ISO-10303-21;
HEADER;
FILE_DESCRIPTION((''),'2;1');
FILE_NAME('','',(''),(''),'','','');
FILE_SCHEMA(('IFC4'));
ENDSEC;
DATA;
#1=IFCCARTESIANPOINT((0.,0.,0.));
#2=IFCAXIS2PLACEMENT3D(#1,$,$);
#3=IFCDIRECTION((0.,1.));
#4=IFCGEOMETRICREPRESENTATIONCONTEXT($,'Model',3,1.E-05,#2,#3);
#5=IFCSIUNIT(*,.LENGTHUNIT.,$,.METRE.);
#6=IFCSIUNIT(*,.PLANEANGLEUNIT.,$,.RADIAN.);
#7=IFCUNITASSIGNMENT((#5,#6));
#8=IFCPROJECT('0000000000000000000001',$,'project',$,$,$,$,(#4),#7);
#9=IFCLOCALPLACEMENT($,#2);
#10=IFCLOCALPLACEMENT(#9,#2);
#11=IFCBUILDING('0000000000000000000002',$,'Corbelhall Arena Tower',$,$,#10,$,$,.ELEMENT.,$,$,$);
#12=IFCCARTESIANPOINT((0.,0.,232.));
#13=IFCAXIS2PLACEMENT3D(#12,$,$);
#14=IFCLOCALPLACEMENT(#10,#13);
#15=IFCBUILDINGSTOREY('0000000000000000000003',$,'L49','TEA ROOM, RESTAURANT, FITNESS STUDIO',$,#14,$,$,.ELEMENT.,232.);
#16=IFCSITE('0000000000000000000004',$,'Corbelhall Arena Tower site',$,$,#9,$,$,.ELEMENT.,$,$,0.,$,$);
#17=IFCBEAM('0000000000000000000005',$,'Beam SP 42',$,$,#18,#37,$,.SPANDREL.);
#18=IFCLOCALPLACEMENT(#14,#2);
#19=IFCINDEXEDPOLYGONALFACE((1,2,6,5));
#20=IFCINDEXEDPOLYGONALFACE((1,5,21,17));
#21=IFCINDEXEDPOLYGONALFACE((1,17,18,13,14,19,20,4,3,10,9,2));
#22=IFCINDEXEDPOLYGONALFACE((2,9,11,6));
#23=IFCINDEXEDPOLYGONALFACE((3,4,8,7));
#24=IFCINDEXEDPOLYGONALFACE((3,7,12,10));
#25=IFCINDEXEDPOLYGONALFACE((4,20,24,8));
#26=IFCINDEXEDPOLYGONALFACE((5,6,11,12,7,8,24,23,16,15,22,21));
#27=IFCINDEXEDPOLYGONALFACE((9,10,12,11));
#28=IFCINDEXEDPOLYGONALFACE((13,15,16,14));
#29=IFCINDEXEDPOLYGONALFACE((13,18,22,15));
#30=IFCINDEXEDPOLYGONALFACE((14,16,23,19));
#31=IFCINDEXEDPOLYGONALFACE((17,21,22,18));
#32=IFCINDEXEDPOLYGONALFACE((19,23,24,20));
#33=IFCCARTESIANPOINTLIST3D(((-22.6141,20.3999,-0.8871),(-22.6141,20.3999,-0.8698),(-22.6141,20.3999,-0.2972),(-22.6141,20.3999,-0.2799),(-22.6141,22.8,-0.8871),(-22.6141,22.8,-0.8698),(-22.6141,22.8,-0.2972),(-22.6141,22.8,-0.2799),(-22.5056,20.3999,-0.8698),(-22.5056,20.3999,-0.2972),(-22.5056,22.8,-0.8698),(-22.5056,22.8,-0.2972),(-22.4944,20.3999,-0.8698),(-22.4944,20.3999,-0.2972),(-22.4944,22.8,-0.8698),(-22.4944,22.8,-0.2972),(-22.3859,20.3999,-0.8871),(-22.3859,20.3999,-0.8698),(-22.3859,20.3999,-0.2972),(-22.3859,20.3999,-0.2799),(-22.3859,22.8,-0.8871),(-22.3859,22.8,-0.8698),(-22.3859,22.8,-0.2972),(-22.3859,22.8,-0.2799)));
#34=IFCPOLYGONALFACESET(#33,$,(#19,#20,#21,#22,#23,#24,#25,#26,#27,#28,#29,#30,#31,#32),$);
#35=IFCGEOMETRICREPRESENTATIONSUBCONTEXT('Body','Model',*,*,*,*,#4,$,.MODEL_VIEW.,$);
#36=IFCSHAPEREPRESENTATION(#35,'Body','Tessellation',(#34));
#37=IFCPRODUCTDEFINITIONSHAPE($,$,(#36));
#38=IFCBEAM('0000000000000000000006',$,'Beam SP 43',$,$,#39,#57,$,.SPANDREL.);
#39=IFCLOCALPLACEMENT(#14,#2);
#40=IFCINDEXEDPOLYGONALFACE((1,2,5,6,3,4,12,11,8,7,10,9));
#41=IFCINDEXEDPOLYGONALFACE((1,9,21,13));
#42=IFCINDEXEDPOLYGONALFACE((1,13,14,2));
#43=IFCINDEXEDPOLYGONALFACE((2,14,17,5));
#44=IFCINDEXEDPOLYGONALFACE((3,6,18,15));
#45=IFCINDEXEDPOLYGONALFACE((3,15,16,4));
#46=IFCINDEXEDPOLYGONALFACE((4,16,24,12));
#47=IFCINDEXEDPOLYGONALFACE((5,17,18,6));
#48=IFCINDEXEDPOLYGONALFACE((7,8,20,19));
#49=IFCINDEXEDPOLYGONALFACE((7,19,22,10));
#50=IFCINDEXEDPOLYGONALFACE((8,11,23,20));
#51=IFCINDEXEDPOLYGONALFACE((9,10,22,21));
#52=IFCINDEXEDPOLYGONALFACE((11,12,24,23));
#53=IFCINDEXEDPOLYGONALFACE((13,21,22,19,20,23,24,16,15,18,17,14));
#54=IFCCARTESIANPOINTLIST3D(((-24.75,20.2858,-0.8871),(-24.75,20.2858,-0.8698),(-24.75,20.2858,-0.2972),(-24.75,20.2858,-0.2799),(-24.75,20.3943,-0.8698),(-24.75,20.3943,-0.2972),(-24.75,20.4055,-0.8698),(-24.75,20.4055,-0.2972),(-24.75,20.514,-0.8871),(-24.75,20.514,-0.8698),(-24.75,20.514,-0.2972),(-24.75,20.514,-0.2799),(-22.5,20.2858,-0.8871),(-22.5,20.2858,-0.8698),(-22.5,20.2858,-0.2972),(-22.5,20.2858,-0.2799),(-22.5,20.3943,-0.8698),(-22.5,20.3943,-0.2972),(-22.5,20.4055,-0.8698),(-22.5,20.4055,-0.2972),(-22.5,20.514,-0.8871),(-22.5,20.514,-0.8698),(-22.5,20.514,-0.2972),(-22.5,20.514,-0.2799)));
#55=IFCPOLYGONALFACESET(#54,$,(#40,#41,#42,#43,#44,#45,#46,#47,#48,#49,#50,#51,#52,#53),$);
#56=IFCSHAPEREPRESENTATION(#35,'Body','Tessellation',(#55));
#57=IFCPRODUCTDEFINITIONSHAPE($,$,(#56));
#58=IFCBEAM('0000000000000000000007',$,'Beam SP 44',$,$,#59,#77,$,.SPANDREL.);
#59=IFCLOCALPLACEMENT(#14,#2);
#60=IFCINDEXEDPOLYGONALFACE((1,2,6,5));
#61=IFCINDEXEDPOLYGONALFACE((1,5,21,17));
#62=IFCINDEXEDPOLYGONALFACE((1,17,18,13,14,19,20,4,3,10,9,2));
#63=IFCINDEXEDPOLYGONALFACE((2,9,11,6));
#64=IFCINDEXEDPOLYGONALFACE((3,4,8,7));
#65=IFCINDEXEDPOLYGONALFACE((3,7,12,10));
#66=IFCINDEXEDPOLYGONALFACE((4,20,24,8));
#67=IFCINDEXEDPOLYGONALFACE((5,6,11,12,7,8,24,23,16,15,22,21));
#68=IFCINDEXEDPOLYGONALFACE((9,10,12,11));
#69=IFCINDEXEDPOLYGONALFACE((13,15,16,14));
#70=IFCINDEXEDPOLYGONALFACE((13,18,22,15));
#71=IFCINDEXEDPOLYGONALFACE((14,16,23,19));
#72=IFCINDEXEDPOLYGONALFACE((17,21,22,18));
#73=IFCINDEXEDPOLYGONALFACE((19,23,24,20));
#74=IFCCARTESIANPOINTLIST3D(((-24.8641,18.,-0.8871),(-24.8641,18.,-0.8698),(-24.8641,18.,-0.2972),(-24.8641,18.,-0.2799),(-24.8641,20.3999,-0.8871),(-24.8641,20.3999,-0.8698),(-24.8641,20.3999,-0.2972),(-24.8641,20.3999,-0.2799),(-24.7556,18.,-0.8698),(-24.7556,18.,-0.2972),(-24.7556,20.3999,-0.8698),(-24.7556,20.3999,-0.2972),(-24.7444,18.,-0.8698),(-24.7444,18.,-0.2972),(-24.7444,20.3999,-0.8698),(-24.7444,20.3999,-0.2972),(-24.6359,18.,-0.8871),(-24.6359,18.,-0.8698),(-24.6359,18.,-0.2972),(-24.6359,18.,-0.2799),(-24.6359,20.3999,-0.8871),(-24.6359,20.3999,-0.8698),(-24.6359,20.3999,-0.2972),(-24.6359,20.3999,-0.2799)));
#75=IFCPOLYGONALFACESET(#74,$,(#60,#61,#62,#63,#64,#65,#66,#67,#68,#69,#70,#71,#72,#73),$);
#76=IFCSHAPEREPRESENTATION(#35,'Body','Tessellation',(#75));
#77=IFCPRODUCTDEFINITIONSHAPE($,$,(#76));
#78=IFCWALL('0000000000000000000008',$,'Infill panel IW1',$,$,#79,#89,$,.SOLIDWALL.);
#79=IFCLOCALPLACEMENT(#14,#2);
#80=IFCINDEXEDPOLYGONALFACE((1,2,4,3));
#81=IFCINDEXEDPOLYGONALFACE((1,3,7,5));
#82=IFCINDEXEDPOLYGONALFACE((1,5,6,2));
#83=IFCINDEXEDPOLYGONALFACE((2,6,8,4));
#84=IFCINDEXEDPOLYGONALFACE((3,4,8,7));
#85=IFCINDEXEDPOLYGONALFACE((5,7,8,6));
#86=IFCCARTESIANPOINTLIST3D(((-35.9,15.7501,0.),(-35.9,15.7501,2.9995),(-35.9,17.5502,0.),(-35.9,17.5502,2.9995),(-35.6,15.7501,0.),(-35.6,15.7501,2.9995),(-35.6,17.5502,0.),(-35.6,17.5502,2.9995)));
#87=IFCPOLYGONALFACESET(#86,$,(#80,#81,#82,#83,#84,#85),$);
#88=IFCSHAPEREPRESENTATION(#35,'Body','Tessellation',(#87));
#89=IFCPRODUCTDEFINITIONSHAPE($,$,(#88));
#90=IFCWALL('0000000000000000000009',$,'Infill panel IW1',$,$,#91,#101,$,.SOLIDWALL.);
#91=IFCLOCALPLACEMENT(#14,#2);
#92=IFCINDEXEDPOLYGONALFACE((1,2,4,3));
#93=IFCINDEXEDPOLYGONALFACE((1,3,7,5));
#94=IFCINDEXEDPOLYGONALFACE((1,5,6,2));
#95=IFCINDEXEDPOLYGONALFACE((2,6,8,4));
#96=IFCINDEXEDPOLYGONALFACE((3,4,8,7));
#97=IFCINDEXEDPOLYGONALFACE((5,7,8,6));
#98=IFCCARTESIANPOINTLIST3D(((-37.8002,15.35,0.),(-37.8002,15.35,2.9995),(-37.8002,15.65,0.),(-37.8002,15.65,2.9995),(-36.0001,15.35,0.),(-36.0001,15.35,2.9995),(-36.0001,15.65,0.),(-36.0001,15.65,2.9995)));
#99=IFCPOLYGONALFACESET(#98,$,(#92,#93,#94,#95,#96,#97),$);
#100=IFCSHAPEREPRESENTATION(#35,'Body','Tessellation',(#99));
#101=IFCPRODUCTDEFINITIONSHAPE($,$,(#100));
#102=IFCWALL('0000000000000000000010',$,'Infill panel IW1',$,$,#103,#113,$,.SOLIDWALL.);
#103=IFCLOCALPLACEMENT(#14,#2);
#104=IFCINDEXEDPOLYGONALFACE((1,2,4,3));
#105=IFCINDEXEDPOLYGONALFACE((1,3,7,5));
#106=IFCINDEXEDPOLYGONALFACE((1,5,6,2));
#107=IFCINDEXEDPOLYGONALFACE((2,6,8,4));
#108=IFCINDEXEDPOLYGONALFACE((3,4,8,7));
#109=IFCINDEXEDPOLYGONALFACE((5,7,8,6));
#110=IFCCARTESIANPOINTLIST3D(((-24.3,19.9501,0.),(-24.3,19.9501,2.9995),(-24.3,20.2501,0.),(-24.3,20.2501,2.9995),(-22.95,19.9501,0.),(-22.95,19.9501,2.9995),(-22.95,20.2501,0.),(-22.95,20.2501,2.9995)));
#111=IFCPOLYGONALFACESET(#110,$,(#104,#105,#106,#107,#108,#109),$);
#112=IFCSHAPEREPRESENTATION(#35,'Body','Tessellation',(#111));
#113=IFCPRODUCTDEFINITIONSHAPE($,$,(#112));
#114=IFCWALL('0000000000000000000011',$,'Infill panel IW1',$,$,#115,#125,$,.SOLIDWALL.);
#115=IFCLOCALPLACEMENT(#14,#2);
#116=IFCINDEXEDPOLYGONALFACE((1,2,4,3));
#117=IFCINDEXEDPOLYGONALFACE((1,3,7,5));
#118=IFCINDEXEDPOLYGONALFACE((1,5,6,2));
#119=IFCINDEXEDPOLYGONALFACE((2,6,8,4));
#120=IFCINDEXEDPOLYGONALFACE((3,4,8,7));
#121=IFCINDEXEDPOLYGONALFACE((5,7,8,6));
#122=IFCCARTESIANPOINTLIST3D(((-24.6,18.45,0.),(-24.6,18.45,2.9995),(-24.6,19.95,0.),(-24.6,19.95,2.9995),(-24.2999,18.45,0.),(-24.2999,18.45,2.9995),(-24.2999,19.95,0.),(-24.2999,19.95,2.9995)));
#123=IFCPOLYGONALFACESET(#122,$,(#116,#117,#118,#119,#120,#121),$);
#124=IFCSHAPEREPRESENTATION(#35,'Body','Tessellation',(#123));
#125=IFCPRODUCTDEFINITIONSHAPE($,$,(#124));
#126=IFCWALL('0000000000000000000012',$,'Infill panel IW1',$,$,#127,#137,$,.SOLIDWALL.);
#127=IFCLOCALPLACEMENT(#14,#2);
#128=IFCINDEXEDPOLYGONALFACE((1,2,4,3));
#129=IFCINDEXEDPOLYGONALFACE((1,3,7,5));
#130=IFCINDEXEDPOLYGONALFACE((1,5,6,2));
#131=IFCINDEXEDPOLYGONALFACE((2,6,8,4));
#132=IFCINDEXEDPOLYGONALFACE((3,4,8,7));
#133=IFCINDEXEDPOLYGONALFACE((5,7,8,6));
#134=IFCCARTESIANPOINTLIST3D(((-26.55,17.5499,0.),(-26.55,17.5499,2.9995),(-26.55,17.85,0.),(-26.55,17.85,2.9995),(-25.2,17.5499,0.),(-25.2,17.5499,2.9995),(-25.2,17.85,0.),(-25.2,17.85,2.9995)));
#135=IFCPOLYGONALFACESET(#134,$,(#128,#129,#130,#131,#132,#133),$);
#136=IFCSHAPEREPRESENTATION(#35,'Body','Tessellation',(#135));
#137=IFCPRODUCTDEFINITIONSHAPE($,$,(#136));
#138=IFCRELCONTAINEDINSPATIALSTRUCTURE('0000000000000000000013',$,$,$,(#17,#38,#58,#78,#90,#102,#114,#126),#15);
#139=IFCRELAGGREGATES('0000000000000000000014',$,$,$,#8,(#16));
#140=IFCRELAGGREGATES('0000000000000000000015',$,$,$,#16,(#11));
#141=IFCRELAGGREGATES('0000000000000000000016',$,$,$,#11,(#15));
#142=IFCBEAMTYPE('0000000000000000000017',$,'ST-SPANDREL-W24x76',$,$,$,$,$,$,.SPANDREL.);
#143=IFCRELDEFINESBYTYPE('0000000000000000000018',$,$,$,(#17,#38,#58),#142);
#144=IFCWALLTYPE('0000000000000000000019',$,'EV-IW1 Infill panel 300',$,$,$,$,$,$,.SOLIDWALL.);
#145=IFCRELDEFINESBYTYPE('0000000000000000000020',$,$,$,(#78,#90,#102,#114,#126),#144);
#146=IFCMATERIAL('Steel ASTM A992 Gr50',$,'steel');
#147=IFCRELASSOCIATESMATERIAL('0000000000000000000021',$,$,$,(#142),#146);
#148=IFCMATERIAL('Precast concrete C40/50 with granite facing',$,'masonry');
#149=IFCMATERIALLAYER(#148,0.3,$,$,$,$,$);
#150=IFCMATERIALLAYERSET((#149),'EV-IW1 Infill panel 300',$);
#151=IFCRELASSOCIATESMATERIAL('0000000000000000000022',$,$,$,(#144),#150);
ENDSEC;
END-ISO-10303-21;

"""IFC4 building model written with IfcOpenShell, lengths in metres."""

from ifc_helpers import new_model, si_unit, direction, frame, frame_2d, origin, origin_2d, place, context, subcontext, project, spatial, rectangle, i_section, extrude, material, layer, layer_set, material_profile, profile_set, type_object, element, save


model = new_model("IFC4")

# Units and contexts
model_context = context("Model", 3, precision=1e-05, world=origin(), true_north=direction((0.0, 1.0)))
body_context = subcontext(model_context, "Body", "Model", "MODEL_VIEW")
ifc_project = project(units=[si_unit("LENGTHUNIT", "METRE"), si_unit("PLANEANGLEUNIT", "RADIAN")], contexts=[model_context])

# Site, building, storey
site_placement = place(None, origin())
site = spatial("IfcSite", under=ifc_project, at=site_placement, Name="Corbelhall Arena Tower site", CompositionType="ELEMENT", RefElevation=0.0)
building_placement = place(site_placement, origin())
building = spatial("IfcBuilding", under=site, at=building_placement, Name="Corbelhall Arena Tower", CompositionType="ELEMENT")
storey_placement = place(building_placement, frame((0.0, 0.0, 232.0)))
storey = spatial("IfcBuildingStorey", under=building, at=storey_placement, Name="L49", Description="TEA ROOM, RESTAURANT, FITNESS STUDIO", CompositionType="ELEMENT", Elevation=232.0)

# Beams
ifc_material_1 = material(Name="Steel ASTM A992 Gr50", Category="steel")
ifc_material_profile_1 = material_profile(ifc_material_1, i_section(OverallWidth=0.2283, OverallDepth=0.6072, WebThickness=0.0112, FlangeThickness=0.0173, at=origin_2d()))
ifc_profile_set_1 = profile_set([ifc_material_profile_1], Name="Steel ASTM A992 Gr50")
beam_type = type_object("IfcBeamType", Name="ST-SPANDREL-W24x76", PredefinedType="SPANDREL", material=ifc_profile_set_1)
beam_1_placement = place(storey_placement, frame((-22.5, 20.3999, -0.5835), z_axis=(0.0, 1.0, 0.0), x_axis=(-1.0, 0.0, 0.0)))
element("IfcBeam", 1, at=beam_1_placement, inside=storey, type_object=beam_type, Name="Beam SP 42", PredefinedType="SPANDREL", context=body_context, shape_type="SweptSolid", body=[
    extrude(i_section(OverallWidth=0.2283, OverallDepth=0.6072, WebThickness=0.0112, FlangeThickness=0.0173, at=origin_2d()), origin(), (0.0, 0.0, 1.0), 2.4001),
])
beam_2_placement = place(storey_placement, frame((-24.75, 20.3999, -0.5835), z_axis=(1.0, 0.0, 0.0), x_axis=(0.0, 1.0, 0.0)))
element("IfcBeam", 2, at=beam_2_placement, inside=storey, type_object=beam_type, Name="Beam SP 43", PredefinedType="SPANDREL", context=body_context, shape_type="SweptSolid", body=[
    extrude(i_section(OverallWidth=0.2283, OverallDepth=0.6072, WebThickness=0.0112, FlangeThickness=0.0173, at=origin_2d()), origin(), (0.0, 0.0, 1.0), 2.25),
])
beam_3_placement = place(storey_placement, frame((-24.75, 18.0, -0.5835), z_axis=(0.0, 1.0, 0.0), x_axis=(-1.0, 0.0, 0.0)))
element("IfcBeam", 3, at=beam_3_placement, inside=storey, type_object=beam_type, Name="Beam SP 44", PredefinedType="SPANDREL", context=body_context, shape_type="SweptSolid", body=[
    extrude(i_section(OverallWidth=0.2283, OverallDepth=0.6072, WebThickness=0.0112, FlangeThickness=0.0173, at=origin_2d()), origin(), (0.0, 0.0, 1.0), 2.3999),
])

# Walls
ifc_material_2 = material(Name="Precast concrete C40/50 with granite facing", Category="masonry")
ifc_layer = layer(ifc_material_2, 0.3)
ifc_layer_set = layer_set([ifc_layer], Name="EV-IW1 Infill panel 300")
wall_type = type_object("IfcWallType", Name="EV-IW1 Infill panel 300", PredefinedType="SOLIDWALL", material=ifc_layer_set)
for number, where, z_axis, x_axis, name in (
    (4, (-35.75, 17.55, 0.0), (0.0, 0.0, 1.0), (0.0, -1.0, 0.0), "Infill panel IW1"),
    (5, (-37.8, 15.5, 0.0), (0.0, 0.0, 1.0), (1.0, 0.0, 0.0), "Infill panel IW1"),
):
    element("IfcWall", number, at=place(storey_placement, frame(where, z_axis=z_axis, x_axis=x_axis)), inside=storey, type_object=wall_type, Name=name, PredefinedType="SOLIDWALL", context=body_context, shape_type="SweptSolid", body=[
        extrude(rectangle(XDim=1.8, YDim=0.3, at=frame_2d((0.8999, 0.0))), origin(), (0.0, 0.0, 1.0), 2.9995),
    ])
wall_1_placement = place(storey_placement, frame((-22.95, 20.1001, 0.0), z_axis=(0.0, 0.0, 1.0), x_axis=(-1.0, 0.0, 0.0)))
element("IfcWall", 6, at=wall_1_placement, inside=storey, type_object=wall_type, Name="Infill panel IW1", PredefinedType="SOLIDWALL", context=body_context, shape_type="SweptSolid", body=[
    extrude(rectangle(XDim=1.3501, YDim=0.3, at=frame_2d((0.675, 0.0))), origin(), (0.0, 0.0, 1.0), 2.9995),
])
wall_2_placement = place(storey_placement, frame((-24.45, 19.95, 0.0), z_axis=(0.0, 0.0, 1.0), x_axis=(0.0, -1.0, 0.0)))
element("IfcWall", 7, at=wall_2_placement, inside=storey, type_object=wall_type, Name="Infill panel IW1", PredefinedType="SOLIDWALL", context=body_context, shape_type="SweptSolid", body=[
    extrude(rectangle(XDim=1.5, YDim=0.3, at=frame_2d((0.75, 0.0))), origin(), (0.0, 0.0, 1.0), 2.9995),
])
wall_3_placement = place(storey_placement, frame((-25.2, 17.7, 0.0), z_axis=(0.0, 0.0, 1.0), x_axis=(-1.0, 0.0, 0.0)))
element("IfcWall", 8, at=wall_3_placement, inside=storey, type_object=wall_type, Name="Infill panel IW1", PredefinedType="SOLIDWALL", context=body_context, shape_type="SweptSolid", body=[
    extrude(rectangle(XDim=1.3501, YDim=0.3, at=frame_2d((0.675, 0.0))), origin(), (0.0, 0.0, 1.0), 2.9995),
])

save(model, "model.ifc")
